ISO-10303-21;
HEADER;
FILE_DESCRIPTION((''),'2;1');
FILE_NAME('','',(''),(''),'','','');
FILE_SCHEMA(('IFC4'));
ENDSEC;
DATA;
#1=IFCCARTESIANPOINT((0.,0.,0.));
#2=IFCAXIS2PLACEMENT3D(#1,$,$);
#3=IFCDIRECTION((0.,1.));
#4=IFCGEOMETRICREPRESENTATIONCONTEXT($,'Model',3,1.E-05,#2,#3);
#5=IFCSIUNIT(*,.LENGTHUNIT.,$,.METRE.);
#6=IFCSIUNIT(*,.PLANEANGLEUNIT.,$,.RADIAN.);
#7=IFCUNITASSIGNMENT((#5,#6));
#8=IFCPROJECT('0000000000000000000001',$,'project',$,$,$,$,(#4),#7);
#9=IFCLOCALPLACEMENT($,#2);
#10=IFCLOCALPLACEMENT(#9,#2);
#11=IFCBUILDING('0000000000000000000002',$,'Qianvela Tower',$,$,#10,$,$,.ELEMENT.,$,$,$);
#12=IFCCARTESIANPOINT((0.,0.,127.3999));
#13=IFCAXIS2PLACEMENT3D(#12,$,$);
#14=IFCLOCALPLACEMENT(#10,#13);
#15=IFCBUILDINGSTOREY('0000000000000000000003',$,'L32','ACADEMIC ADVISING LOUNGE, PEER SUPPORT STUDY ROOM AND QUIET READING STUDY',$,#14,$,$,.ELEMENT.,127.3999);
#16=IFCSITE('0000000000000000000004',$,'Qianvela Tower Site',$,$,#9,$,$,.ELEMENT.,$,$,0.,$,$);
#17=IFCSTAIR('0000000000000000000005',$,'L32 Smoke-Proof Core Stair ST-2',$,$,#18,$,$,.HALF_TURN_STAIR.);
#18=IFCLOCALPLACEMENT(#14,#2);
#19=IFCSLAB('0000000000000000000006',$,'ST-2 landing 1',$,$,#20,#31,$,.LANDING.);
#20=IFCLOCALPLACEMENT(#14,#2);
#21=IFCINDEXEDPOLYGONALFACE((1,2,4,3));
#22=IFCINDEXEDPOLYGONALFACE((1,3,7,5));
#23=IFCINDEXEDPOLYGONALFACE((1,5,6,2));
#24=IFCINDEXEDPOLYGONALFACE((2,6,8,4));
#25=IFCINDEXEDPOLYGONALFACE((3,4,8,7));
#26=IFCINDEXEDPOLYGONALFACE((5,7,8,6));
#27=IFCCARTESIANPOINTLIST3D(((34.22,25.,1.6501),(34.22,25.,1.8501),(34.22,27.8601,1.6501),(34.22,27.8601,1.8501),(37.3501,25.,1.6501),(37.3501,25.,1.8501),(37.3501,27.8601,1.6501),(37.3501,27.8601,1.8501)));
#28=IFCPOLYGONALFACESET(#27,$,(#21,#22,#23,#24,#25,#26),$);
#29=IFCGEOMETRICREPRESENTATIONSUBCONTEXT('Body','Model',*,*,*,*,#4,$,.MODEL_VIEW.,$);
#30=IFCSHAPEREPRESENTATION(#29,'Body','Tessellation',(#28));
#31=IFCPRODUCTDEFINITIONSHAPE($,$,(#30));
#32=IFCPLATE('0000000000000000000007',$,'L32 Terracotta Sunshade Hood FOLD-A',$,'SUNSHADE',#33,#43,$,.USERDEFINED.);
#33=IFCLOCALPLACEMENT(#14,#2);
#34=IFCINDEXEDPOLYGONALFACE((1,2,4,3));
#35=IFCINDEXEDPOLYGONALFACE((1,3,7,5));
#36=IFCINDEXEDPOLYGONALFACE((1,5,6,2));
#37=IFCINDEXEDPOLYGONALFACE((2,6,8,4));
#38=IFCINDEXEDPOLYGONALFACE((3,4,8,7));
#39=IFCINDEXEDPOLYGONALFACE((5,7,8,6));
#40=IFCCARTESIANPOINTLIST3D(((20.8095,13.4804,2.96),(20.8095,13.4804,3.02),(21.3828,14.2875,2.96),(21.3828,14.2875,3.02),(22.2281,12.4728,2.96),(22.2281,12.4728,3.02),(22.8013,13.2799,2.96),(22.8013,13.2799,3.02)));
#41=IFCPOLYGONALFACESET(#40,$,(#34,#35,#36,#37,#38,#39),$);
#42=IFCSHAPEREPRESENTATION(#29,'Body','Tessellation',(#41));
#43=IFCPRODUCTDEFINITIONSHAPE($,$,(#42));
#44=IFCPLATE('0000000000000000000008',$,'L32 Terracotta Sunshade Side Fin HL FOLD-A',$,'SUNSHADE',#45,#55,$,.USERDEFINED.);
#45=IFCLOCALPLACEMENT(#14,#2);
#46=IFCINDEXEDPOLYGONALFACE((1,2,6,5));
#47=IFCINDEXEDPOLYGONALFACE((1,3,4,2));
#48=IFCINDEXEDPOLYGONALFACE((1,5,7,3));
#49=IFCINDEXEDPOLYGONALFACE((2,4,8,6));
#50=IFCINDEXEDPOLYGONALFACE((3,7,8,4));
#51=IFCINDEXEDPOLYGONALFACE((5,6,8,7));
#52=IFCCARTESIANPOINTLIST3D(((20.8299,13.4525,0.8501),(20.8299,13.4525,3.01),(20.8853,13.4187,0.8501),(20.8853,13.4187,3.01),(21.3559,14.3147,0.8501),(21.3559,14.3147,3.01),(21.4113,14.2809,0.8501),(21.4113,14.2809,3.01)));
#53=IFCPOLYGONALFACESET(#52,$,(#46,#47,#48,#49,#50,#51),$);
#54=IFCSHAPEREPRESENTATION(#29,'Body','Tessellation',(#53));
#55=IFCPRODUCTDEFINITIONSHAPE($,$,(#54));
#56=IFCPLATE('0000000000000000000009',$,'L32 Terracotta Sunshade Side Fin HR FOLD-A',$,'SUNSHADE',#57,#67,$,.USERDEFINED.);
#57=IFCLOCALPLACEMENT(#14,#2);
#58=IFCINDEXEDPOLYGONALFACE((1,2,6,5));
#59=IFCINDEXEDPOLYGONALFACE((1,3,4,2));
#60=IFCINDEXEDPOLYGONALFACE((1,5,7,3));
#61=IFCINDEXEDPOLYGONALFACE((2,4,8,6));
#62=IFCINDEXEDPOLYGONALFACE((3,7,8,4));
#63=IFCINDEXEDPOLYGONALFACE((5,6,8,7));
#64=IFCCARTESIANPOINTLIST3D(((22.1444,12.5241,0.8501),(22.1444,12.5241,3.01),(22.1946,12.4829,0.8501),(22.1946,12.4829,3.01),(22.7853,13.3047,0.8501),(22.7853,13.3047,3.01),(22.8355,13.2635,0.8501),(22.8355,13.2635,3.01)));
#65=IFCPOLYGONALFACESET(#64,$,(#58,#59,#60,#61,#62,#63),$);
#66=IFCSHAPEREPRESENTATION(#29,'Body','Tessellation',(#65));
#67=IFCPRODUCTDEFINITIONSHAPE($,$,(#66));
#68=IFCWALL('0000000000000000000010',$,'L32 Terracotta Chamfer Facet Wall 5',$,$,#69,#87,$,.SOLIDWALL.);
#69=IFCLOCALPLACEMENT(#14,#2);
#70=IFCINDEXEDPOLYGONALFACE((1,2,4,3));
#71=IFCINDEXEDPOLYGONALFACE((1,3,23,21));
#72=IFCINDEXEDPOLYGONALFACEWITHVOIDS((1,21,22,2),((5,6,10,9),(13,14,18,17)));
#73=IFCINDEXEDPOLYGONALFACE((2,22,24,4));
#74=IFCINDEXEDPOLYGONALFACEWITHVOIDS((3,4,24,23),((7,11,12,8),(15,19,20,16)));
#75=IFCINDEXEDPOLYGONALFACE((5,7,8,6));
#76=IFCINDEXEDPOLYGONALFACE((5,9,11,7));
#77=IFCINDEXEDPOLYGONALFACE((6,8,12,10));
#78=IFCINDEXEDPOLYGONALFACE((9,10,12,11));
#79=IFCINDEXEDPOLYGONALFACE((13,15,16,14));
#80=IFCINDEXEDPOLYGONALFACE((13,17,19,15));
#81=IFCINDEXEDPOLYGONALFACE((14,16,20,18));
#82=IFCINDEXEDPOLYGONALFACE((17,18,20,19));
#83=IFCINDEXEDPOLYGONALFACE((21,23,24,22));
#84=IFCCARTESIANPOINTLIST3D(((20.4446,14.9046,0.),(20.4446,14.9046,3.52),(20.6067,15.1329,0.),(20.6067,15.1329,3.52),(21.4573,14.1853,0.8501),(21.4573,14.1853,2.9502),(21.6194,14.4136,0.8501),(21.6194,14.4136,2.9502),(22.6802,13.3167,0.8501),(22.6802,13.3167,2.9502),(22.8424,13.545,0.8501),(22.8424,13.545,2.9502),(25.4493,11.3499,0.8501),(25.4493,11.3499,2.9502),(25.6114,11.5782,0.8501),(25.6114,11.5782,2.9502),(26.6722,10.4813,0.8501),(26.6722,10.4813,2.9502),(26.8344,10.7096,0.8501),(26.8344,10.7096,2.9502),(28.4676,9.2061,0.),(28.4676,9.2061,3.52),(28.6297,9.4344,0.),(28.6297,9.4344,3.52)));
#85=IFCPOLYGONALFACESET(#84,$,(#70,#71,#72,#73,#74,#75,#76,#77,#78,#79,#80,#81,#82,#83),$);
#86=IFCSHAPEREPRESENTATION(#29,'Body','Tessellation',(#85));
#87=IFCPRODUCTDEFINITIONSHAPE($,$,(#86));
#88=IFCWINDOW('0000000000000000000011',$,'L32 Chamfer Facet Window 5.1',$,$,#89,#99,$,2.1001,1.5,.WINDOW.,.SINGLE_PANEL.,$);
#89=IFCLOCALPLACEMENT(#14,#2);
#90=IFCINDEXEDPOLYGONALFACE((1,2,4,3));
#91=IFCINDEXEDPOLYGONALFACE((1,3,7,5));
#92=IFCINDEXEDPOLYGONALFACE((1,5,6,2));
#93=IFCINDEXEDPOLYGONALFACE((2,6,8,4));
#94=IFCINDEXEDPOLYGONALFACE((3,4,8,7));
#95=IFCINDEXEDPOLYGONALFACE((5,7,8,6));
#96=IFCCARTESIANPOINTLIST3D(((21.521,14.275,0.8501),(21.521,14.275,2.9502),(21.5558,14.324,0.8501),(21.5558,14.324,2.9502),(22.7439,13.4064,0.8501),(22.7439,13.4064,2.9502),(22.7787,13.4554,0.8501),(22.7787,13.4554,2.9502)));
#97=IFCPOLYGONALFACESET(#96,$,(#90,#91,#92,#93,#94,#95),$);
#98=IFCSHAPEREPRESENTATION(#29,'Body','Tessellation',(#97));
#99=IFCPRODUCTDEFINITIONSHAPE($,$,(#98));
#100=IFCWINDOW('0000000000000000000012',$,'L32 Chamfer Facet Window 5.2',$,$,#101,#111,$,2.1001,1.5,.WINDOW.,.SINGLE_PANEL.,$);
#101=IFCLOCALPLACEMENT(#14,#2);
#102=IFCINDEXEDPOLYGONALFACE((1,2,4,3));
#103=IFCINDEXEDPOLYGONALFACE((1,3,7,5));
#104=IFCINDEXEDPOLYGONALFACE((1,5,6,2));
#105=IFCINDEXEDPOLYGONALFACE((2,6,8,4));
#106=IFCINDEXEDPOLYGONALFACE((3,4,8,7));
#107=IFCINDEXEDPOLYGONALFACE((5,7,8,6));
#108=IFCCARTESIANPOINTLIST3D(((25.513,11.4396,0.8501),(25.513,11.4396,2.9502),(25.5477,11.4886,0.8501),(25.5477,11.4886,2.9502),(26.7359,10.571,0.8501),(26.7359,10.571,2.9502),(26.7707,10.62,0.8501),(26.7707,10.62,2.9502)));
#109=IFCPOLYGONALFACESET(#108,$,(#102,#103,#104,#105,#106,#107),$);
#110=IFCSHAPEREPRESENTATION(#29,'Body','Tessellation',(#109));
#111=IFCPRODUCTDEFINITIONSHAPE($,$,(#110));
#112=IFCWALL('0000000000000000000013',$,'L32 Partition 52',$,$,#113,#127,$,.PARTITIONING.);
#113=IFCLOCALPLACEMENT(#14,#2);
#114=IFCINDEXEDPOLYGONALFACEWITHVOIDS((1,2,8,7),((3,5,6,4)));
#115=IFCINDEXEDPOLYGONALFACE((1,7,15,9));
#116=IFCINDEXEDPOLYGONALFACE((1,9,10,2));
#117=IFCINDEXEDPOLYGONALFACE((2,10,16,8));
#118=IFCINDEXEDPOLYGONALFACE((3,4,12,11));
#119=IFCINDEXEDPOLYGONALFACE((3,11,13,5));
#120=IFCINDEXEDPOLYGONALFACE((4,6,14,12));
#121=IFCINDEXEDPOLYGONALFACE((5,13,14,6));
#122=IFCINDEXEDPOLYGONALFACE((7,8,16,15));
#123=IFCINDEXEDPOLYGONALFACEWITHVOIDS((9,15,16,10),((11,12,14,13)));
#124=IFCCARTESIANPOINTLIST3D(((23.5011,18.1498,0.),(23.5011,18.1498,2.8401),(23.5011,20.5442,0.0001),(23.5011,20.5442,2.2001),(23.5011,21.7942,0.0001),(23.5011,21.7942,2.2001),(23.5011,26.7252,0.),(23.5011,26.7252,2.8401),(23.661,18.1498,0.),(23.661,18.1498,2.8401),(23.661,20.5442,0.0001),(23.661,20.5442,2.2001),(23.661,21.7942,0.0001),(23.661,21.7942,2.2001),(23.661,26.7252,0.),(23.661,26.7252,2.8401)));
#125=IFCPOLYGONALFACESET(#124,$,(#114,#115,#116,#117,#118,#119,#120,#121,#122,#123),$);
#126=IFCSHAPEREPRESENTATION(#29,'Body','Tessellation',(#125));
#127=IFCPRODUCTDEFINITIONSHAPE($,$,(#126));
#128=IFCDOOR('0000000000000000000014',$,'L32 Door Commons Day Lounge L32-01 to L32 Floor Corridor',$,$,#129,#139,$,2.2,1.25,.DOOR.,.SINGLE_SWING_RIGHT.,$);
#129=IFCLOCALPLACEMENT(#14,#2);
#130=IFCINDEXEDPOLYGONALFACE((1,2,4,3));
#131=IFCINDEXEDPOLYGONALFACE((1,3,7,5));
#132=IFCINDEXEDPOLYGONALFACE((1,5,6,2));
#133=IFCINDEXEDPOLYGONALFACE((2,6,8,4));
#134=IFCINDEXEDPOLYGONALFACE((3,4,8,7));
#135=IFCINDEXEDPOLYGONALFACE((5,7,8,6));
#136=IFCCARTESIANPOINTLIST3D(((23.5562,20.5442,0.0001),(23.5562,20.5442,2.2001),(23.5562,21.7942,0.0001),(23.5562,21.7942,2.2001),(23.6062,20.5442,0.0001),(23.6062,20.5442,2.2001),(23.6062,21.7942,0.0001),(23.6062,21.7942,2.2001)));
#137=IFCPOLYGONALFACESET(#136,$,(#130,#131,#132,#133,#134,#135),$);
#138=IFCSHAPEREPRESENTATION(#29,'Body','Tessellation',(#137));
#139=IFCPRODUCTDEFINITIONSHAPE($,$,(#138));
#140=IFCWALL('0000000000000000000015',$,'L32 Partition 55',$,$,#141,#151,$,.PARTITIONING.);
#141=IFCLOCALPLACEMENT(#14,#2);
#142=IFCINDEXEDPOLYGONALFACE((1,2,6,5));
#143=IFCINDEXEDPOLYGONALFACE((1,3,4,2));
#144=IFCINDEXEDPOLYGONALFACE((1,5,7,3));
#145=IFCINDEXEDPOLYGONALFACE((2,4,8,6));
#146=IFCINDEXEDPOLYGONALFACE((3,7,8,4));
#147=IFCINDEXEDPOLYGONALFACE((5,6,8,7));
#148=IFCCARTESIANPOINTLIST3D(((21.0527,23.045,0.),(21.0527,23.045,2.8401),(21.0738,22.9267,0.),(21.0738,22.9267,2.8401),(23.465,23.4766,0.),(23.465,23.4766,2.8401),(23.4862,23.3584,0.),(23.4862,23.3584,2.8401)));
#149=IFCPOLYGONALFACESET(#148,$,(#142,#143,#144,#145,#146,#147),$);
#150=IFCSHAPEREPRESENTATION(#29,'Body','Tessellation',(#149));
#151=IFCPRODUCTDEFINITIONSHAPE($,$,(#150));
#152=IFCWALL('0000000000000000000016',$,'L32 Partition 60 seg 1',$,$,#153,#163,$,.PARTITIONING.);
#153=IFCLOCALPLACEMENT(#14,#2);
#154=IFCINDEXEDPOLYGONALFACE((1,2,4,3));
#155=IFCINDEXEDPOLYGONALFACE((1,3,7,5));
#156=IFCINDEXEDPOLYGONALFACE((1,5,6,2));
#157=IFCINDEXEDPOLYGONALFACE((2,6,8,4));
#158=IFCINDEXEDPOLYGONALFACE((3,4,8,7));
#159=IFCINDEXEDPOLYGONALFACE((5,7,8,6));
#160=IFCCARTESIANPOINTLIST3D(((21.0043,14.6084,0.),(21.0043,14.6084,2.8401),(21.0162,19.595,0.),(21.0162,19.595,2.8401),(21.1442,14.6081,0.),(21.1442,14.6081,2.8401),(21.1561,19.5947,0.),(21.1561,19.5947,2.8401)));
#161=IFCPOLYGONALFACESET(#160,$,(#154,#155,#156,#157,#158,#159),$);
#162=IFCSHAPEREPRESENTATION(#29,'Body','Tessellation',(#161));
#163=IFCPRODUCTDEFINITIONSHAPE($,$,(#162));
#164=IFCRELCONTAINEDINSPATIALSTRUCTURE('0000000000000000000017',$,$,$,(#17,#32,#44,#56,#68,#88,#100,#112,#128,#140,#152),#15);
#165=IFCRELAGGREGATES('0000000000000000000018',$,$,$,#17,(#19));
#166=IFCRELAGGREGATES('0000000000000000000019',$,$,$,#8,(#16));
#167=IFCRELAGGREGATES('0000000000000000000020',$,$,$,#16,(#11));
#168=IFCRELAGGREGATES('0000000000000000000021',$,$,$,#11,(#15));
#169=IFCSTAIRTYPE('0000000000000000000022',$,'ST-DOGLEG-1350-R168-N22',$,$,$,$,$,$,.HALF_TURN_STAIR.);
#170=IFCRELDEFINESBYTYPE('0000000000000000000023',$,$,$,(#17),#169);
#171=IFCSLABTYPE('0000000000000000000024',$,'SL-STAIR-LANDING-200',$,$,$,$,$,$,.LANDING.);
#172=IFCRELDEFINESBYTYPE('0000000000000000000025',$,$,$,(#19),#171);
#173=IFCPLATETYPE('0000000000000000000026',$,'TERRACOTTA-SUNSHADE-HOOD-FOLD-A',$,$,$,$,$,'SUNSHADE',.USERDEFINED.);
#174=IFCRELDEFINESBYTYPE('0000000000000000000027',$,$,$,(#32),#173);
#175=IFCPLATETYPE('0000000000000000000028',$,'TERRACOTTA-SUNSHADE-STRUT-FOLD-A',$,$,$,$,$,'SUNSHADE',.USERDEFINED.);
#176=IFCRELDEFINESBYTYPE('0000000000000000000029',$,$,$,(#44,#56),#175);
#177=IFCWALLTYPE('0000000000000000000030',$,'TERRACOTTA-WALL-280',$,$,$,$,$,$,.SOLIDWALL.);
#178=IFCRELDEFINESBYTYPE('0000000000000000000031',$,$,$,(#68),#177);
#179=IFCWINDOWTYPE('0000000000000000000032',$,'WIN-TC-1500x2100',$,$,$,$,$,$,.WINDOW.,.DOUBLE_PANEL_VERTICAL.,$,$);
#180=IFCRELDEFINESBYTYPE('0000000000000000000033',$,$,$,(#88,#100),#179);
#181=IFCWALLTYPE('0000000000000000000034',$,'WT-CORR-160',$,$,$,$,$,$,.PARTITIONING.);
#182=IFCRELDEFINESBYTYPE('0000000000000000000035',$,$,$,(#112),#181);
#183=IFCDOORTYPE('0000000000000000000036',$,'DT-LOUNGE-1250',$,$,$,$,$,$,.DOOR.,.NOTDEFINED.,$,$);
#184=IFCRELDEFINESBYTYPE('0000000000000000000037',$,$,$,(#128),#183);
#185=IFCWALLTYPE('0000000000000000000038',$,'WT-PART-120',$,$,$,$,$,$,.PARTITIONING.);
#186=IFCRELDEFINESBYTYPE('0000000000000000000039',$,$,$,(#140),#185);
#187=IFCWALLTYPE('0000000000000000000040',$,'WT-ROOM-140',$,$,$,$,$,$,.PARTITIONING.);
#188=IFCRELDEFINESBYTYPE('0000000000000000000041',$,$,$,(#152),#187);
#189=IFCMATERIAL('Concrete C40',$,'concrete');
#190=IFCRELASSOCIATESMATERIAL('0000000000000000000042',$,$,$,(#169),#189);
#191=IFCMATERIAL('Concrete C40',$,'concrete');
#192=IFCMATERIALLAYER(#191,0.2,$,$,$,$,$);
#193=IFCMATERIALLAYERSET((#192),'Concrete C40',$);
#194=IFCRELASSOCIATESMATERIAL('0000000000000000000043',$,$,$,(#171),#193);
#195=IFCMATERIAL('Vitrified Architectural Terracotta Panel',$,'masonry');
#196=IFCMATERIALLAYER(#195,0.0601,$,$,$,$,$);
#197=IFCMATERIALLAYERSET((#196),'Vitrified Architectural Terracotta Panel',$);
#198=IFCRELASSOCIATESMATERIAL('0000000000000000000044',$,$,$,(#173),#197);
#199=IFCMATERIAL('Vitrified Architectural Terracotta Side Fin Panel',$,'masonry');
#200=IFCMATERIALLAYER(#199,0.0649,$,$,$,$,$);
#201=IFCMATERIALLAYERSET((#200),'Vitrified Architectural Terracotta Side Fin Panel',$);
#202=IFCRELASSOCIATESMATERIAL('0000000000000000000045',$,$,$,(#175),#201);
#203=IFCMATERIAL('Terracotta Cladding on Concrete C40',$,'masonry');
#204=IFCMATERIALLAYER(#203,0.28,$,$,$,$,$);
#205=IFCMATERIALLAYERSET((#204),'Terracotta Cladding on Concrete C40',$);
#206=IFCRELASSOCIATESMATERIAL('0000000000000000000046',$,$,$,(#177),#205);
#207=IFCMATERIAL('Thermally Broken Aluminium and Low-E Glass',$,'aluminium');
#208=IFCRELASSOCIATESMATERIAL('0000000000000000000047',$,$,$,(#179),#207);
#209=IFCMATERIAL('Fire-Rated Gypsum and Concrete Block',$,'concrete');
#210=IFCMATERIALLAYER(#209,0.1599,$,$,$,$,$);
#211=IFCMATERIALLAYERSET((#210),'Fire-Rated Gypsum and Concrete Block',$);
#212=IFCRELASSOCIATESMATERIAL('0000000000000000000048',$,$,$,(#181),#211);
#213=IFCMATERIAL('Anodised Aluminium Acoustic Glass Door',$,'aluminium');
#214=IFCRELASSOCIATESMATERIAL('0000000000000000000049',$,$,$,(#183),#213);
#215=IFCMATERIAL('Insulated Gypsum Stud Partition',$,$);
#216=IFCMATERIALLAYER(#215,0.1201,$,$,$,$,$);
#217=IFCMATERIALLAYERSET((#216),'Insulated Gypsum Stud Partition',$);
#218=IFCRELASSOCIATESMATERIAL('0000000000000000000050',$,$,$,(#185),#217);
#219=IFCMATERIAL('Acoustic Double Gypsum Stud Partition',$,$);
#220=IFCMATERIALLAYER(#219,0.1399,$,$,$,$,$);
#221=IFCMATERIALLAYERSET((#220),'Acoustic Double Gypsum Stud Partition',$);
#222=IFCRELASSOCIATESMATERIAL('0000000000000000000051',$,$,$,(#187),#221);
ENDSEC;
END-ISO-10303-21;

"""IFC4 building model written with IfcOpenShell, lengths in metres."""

from ifc_helpers import new_model, si_unit, direction, frame, frame_2d, origin, origin_2d, place, context, subcontext, project, spatial, polyline, rectangle, outline, extrude, material, layer, layer_set, type_object, element, fill, aggregate, save


model = new_model("IFC4")

# Units and contexts
model_context = context("Model", 3, precision=1e-05, world=origin(), true_north=direction((0.0, 1.0)))
body_context = subcontext(model_context, "Body", "Model", "MODEL_VIEW")
ifc_project = project(units=[si_unit("LENGTHUNIT", "METRE"), si_unit("PLANEANGLEUNIT", "RADIAN")], contexts=[model_context])

# Site, building, storey
site_placement = place(None, origin())
site = spatial("IfcSite", under=ifc_project, at=site_placement, Name="Qianvela Tower Site", CompositionType="ELEMENT", RefElevation=0.0)
building_placement = place(site_placement, origin())
building = spatial("IfcBuilding", under=site, at=building_placement, Name="Qianvela Tower", CompositionType="ELEMENT")
storey_placement = place(building_placement, frame((0.0, 0.0, 127.3999)))
storey = spatial("IfcBuildingStorey", under=building, at=storey_placement, Name="L32", Description="ACADEMIC ADVISING LOUNGE, PEER SUPPORT STUDY ROOM AND QUIET READING STUDY", CompositionType="ELEMENT", Elevation=127.3999)

# Stair, slab
ifc_material_1 = material(Name="Concrete C40", Category="concrete")
stair_type = type_object("IfcStairType", Name="ST-DOGLEG-1350-R168-N22", PredefinedType="HALF_TURN_STAIR", material=ifc_material_1)
ifc_material_2 = material(Name="Concrete C40", Category="concrete")
ifc_layer_1 = layer(ifc_material_2, 0.2)
ifc_layer_set_1 = layer_set([ifc_layer_1], Name="Concrete C40")
slab_type_1 = type_object("IfcSlabType", Name="SL-STAIR-LANDING-200", PredefinedType="LANDING", material=ifc_layer_set_1)
stair_1_placement = place(storey_placement, origin())
stair_1 = element("IfcStair", 1, at=stair_1_placement, inside=storey, type_object=stair_type, Name="L32 Smoke-Proof Core Stair ST-2", PredefinedType="HALF_TURN_STAIR")
slab_1_placement = place(storey_placement, frame((0.0, 0.0, 1.6501)))
slab_1 = element("IfcSlab", 2, at=slab_1_placement, type_object=slab_type_1, Name="ST-2 landing 1", PredefinedType="LANDING", context=body_context, shape_type="SweptSolid", body=[
    extrude(outline(polyline([(34.22, 25.0), (37.3501, 25.0), (37.3501, 27.8601), (34.22, 27.8601), (34.22, 25.0)])), origin(), (0.0, 0.0, 1.0), 0.2),
])
aggregate(stair_1, [slab_1])

# Plates
ifc_material_3 = material(Name="Vitrified Architectural Terracotta Panel", Category="masonry")
ifc_layer_2 = layer(ifc_material_3, 0.0601)
ifc_layer_set_2 = layer_set([ifc_layer_2], Name="Vitrified Architectural Terracotta Panel")
plate_type_1 = type_object("IfcPlateType", Name="TERRACOTTA-SUNSHADE-HOOD-FOLD-A", ElementType="SUNSHADE", PredefinedType="USERDEFINED", material=ifc_layer_set_2)
plate_1_placement = place(storey_placement, frame((21.8054, 13.3801, 2.96), z_axis=(0.0, 0.0, 1.0), x_axis=(0.815269, -0.579082, 0.0)))
element("IfcPlate", 3, at=plate_1_placement, inside=storey, type_object=plate_type_1, Name="L32 Terracotta Sunshade Hood FOLD-A", ObjectType="SUNSHADE", PredefinedType="USERDEFINED", context=body_context, shape_type="SweptSolid", body=[
    extrude(rectangle(XDim=1.74, YDim=0.99, at=origin_2d()), origin(), (0.0, 0.0, 1.0), 0.0601),
])
ifc_material_4 = material(Name="Vitrified Architectural Terracotta Side Fin Panel", Category="masonry")
ifc_layer_3 = layer(ifc_material_4, 0.0649)
ifc_layer_set_3 = layer_set([ifc_layer_3], Name="Vitrified Architectural Terracotta Side Fin Panel")
plate_type_2 = type_object("IfcPlateType", Name="TERRACOTTA-SUNSHADE-STRUT-FOLD-A", ElementType="SUNSHADE", PredefinedType="USERDEFINED", material=ifc_layer_set_3)
for number, where, z_axis, x_axis, name in (
    (4, (21.1206, 13.8667, 0.8501), (0.0, 0.0, 1.0), (0.853678, -0.520801, 0.0), "L32 Terracotta Sunshade Side Fin HL FOLD-A"),
    (5, (22.49, 12.8938, 0.8501), (0.0, 0.0, 1.0), (0.772889, -0.634542, 0.0), "L32 Terracotta Sunshade Side Fin HR FOLD-A"),
):
    element("IfcPlate", number, at=place(storey_placement, frame(where, z_axis=z_axis, x_axis=x_axis)), inside=storey, type_object=plate_type_2, Name=name, ObjectType="SUNSHADE", PredefinedType="USERDEFINED", context=body_context, shape_type="SweptSolid", body=[
        extrude(rectangle(XDim=0.0649, YDim=1.01, at=origin_2d()), origin(), (0.0, 0.0, 1.0), 2.1599),
    ])

# Wall, openings, windows
ifc_material_5 = material(Name="Terracotta Cladding on Concrete C40", Category="masonry")
ifc_layer_4 = layer(ifc_material_5, 0.28)
ifc_layer_set_4 = layer_set([ifc_layer_4], Name="Terracotta Cladding on Concrete C40")
wall_type_1 = type_object("IfcWallType", Name="TERRACOTTA-WALL-280", PredefinedType="SOLIDWALL", material=ifc_layer_set_4)
wall_1_placement = place(storey_placement, frame((20.5256, 15.0188, 0.0), z_axis=(0.0, 0.0, 1.0), x_axis=(0.815278, -0.57907, 0.0)))
wall_1 = element("IfcWall", 6, at=wall_1_placement, inside=storey, type_object=wall_type_1, Name="L32 Terracotta Chamfer Facet Wall 5", PredefinedType="SOLIDWALL", context=body_context, shape_type="SweptSolid", body=[
    extrude(rectangle(XDim=9.8408, YDim=0.28, at=frame_2d((4.9204, 0.0))), origin(), (0.0, 0.0, 1.0), 3.52),
])
opening_1_placement = place(wall_1_placement, frame((1.2422, 0.0, 0.8501)))
opening_1 = element("IfcOpeningElement", 7, at=opening_1_placement, cuts=wall_1, PredefinedType="OPENING", context=body_context, shape_type="SweptSolid", body=[
    extrude(rectangle(XDim=1.5, YDim=2.1001, at=frame_2d((0.75, 1.05))), frame((0.0, 0.1499, 0.0), z_axis=(0.0, -1.0, 0.0), x_axis=(1.0, 0.0, 0.0)), (0.0, 0.0, 1.0), 0.3),
])
opening_2_placement = place(wall_1_placement, frame((6.1387, 0.0, 0.8501)))
opening_2 = element("IfcOpeningElement", 8, at=opening_2_placement, cuts=wall_1, PredefinedType="OPENING", context=body_context, shape_type="SweptSolid", body=[
    extrude(rectangle(XDim=1.5, YDim=2.1001, at=frame_2d((0.75, 1.05))), frame((0.0, 0.1499, 0.0), z_axis=(0.0, -1.0, 0.0), x_axis=(1.0, 0.0, 0.0)), (0.0, 0.0, 1.0), 0.3),
])
ifc_material_6 = material(Name="Thermally Broken Aluminium and Low-E Glass", Category="aluminium")
window_type = type_object("IfcWindowType", Name="WIN-TC-1500x2100", PartitioningType="DOUBLE_PANEL_VERTICAL", PredefinedType="WINDOW", material=ifc_material_6)
window_1_placement = place(opening_1_placement, origin())
window_1 = element("IfcWindow", 9, at=window_1_placement, inside=storey, type_object=window_type, Name="L32 Chamfer Facet Window 5.1", OverallHeight=2.1001, OverallWidth=1.5, PartitioningType="SINGLE_PANEL", PredefinedType="WINDOW", context=body_context, shape_type="SweptSolid", body=[
    extrude(rectangle(XDim=1.5, YDim=2.1001, at=frame_2d((0.75, 1.05))), frame((0.0, 0.03, 0.0), z_axis=(0.0, -1.0, 0.0), x_axis=(1.0, 0.0, 0.0)), (0.0, 0.0, 1.0), 0.0601),
])
fill(opening_1, window_1)
window_2_placement = place(opening_2_placement, origin())
window_2 = element("IfcWindow", 10, at=window_2_placement, inside=storey, type_object=window_type, Name="L32 Chamfer Facet Window 5.2", OverallHeight=2.1001, OverallWidth=1.5, PartitioningType="SINGLE_PANEL", PredefinedType="WINDOW", context=body_context, shape_type="SweptSolid", body=[
    extrude(rectangle(XDim=1.5, YDim=2.1001, at=frame_2d((0.75, 1.05))), frame((0.0, 0.03, 0.0), z_axis=(0.0, -1.0, 0.0), x_axis=(1.0, 0.0, 0.0)), (0.0, 0.0, 1.0), 0.0601),
])
fill(opening_2, window_2)

# Wall, opening, door
ifc_material_7 = material(Name="Fire-Rated Gypsum and Concrete Block", Category="concrete")
ifc_layer_5 = layer(ifc_material_7, 0.1599)
ifc_layer_set_5 = layer_set([ifc_layer_5], Name="Fire-Rated Gypsum and Concrete Block")
wall_type_2 = type_object("IfcWallType", Name="WT-CORR-160", PredefinedType="PARTITIONING", material=ifc_layer_set_5)
wall_2_placement = place(storey_placement, frame((23.5811, 18.1499, 0.0), z_axis=(0.0, 0.0, 1.0), x_axis=(0.0, 1.0, 0.0)))
wall_2 = element("IfcWall", 11, at=wall_2_placement, inside=storey, type_object=wall_type_2, Name="L32 Partition 52", PredefinedType="PARTITIONING", context=body_context, shape_type="SweptSolid", body=[
    extrude(rectangle(XDim=8.5754, YDim=0.1599, at=frame_2d((4.2876, 0.0))), origin(), (0.0, 0.0, 1.0), 2.8401),
])
opening_3_placement = place(wall_2_placement, frame((2.3943, 0.0, 0.0)))
opening_3 = element("IfcOpeningElement", 12, at=opening_3_placement, cuts=wall_2, PredefinedType="OPENING", context=body_context, shape_type="SweptSolid", body=[
    extrude(rectangle(XDim=1.25, YDim=2.2, at=frame_2d((0.625, 1.1001))), frame((0.0, 0.0898, 0.0), z_axis=(0.0, -1.0, 0.0), x_axis=(1.0, 0.0, 0.0)), (0.0, 0.0, 1.0), 0.1799),
])
ifc_material_8 = material(Name="Anodised Aluminium Acoustic Glass Door", Category="aluminium")
door_type = type_object("IfcDoorType", Name="DT-LOUNGE-1250", OperationType="NOTDEFINED", PredefinedType="DOOR", material=ifc_material_8)
door_placement = place(opening_3_placement, origin())
door = element("IfcDoor", 13, at=door_placement, inside=storey, type_object=door_type, Name="L32 Door Commons Day Lounge L32-01 to L32 Floor Corridor", OperationType="SINGLE_SWING_RIGHT", OverallHeight=2.2, OverallWidth=1.25, PredefinedType="DOOR", context=body_context, shape_type="SweptSolid", body=[
    extrude(rectangle(XDim=1.25, YDim=2.2, at=frame_2d((0.625, 1.1001))), frame((0.0, 0.0249, 0.0), z_axis=(0.0, -1.0, 0.0), x_axis=(1.0, 0.0, 0.0)), (0.0, 0.0, 1.0), 0.05),
])
fill(opening_3, door)

# Walls
ifc_material_9 = material(Name="Insulated Gypsum Stud Partition")
ifc_layer_6 = layer(ifc_material_9, 0.1201)
ifc_layer_set_6 = layer_set([ifc_layer_6], Name="Insulated Gypsum Stud Partition")
wall_type_3 = type_object("IfcWallType", Name="WT-PART-120", PredefinedType="PARTITIONING", material=ifc_layer_set_6)
wall_3_placement = place(storey_placement, frame((21.0632, 22.9858, 0.0), z_axis=(0.0, 0.0, 1.0), x_axis=(0.984367, 0.176132, 0.0)))
element("IfcWall", 14, at=wall_3_placement, inside=storey, type_object=wall_type_3, Name="L32 Partition 55", PredefinedType="PARTITIONING", context=body_context, shape_type="SweptSolid", body=[
    extrude(rectangle(XDim=2.4507, YDim=0.1201, at=frame_2d((1.2253, 0.0))), origin(), (0.0, 0.0, 1.0), 2.8401),
])
ifc_material_10 = material(Name="Acoustic Double Gypsum Stud Partition")
ifc_layer_7 = layer(ifc_material_10, 0.1399)
ifc_layer_set_7 = layer_set([ifc_layer_7], Name="Acoustic Double Gypsum Stud Partition")
wall_type_4 = type_object("IfcWallType", Name="WT-ROOM-140", PredefinedType="PARTITIONING", material=ifc_layer_set_7)
wall_4_placement = place(storey_placement, frame((21.0742, 14.6084, 0.0), z_axis=(0.0, 0.0, 1.0), x_axis=(0.002399, 0.999997, 0.0)))
element("IfcWall", 15, at=wall_4_placement, inside=storey, type_object=wall_type_4, Name="L32 Partition 60 seg 1", PredefinedType="PARTITIONING", context=body_context, shape_type="SweptSolid", body=[
    extrude(rectangle(XDim=4.9866, YDim=0.1399, at=frame_2d((2.4932, 0.0))), origin(), (0.0, 0.0, 1.0), 2.8401),
])

save(model, "model.ifc")
